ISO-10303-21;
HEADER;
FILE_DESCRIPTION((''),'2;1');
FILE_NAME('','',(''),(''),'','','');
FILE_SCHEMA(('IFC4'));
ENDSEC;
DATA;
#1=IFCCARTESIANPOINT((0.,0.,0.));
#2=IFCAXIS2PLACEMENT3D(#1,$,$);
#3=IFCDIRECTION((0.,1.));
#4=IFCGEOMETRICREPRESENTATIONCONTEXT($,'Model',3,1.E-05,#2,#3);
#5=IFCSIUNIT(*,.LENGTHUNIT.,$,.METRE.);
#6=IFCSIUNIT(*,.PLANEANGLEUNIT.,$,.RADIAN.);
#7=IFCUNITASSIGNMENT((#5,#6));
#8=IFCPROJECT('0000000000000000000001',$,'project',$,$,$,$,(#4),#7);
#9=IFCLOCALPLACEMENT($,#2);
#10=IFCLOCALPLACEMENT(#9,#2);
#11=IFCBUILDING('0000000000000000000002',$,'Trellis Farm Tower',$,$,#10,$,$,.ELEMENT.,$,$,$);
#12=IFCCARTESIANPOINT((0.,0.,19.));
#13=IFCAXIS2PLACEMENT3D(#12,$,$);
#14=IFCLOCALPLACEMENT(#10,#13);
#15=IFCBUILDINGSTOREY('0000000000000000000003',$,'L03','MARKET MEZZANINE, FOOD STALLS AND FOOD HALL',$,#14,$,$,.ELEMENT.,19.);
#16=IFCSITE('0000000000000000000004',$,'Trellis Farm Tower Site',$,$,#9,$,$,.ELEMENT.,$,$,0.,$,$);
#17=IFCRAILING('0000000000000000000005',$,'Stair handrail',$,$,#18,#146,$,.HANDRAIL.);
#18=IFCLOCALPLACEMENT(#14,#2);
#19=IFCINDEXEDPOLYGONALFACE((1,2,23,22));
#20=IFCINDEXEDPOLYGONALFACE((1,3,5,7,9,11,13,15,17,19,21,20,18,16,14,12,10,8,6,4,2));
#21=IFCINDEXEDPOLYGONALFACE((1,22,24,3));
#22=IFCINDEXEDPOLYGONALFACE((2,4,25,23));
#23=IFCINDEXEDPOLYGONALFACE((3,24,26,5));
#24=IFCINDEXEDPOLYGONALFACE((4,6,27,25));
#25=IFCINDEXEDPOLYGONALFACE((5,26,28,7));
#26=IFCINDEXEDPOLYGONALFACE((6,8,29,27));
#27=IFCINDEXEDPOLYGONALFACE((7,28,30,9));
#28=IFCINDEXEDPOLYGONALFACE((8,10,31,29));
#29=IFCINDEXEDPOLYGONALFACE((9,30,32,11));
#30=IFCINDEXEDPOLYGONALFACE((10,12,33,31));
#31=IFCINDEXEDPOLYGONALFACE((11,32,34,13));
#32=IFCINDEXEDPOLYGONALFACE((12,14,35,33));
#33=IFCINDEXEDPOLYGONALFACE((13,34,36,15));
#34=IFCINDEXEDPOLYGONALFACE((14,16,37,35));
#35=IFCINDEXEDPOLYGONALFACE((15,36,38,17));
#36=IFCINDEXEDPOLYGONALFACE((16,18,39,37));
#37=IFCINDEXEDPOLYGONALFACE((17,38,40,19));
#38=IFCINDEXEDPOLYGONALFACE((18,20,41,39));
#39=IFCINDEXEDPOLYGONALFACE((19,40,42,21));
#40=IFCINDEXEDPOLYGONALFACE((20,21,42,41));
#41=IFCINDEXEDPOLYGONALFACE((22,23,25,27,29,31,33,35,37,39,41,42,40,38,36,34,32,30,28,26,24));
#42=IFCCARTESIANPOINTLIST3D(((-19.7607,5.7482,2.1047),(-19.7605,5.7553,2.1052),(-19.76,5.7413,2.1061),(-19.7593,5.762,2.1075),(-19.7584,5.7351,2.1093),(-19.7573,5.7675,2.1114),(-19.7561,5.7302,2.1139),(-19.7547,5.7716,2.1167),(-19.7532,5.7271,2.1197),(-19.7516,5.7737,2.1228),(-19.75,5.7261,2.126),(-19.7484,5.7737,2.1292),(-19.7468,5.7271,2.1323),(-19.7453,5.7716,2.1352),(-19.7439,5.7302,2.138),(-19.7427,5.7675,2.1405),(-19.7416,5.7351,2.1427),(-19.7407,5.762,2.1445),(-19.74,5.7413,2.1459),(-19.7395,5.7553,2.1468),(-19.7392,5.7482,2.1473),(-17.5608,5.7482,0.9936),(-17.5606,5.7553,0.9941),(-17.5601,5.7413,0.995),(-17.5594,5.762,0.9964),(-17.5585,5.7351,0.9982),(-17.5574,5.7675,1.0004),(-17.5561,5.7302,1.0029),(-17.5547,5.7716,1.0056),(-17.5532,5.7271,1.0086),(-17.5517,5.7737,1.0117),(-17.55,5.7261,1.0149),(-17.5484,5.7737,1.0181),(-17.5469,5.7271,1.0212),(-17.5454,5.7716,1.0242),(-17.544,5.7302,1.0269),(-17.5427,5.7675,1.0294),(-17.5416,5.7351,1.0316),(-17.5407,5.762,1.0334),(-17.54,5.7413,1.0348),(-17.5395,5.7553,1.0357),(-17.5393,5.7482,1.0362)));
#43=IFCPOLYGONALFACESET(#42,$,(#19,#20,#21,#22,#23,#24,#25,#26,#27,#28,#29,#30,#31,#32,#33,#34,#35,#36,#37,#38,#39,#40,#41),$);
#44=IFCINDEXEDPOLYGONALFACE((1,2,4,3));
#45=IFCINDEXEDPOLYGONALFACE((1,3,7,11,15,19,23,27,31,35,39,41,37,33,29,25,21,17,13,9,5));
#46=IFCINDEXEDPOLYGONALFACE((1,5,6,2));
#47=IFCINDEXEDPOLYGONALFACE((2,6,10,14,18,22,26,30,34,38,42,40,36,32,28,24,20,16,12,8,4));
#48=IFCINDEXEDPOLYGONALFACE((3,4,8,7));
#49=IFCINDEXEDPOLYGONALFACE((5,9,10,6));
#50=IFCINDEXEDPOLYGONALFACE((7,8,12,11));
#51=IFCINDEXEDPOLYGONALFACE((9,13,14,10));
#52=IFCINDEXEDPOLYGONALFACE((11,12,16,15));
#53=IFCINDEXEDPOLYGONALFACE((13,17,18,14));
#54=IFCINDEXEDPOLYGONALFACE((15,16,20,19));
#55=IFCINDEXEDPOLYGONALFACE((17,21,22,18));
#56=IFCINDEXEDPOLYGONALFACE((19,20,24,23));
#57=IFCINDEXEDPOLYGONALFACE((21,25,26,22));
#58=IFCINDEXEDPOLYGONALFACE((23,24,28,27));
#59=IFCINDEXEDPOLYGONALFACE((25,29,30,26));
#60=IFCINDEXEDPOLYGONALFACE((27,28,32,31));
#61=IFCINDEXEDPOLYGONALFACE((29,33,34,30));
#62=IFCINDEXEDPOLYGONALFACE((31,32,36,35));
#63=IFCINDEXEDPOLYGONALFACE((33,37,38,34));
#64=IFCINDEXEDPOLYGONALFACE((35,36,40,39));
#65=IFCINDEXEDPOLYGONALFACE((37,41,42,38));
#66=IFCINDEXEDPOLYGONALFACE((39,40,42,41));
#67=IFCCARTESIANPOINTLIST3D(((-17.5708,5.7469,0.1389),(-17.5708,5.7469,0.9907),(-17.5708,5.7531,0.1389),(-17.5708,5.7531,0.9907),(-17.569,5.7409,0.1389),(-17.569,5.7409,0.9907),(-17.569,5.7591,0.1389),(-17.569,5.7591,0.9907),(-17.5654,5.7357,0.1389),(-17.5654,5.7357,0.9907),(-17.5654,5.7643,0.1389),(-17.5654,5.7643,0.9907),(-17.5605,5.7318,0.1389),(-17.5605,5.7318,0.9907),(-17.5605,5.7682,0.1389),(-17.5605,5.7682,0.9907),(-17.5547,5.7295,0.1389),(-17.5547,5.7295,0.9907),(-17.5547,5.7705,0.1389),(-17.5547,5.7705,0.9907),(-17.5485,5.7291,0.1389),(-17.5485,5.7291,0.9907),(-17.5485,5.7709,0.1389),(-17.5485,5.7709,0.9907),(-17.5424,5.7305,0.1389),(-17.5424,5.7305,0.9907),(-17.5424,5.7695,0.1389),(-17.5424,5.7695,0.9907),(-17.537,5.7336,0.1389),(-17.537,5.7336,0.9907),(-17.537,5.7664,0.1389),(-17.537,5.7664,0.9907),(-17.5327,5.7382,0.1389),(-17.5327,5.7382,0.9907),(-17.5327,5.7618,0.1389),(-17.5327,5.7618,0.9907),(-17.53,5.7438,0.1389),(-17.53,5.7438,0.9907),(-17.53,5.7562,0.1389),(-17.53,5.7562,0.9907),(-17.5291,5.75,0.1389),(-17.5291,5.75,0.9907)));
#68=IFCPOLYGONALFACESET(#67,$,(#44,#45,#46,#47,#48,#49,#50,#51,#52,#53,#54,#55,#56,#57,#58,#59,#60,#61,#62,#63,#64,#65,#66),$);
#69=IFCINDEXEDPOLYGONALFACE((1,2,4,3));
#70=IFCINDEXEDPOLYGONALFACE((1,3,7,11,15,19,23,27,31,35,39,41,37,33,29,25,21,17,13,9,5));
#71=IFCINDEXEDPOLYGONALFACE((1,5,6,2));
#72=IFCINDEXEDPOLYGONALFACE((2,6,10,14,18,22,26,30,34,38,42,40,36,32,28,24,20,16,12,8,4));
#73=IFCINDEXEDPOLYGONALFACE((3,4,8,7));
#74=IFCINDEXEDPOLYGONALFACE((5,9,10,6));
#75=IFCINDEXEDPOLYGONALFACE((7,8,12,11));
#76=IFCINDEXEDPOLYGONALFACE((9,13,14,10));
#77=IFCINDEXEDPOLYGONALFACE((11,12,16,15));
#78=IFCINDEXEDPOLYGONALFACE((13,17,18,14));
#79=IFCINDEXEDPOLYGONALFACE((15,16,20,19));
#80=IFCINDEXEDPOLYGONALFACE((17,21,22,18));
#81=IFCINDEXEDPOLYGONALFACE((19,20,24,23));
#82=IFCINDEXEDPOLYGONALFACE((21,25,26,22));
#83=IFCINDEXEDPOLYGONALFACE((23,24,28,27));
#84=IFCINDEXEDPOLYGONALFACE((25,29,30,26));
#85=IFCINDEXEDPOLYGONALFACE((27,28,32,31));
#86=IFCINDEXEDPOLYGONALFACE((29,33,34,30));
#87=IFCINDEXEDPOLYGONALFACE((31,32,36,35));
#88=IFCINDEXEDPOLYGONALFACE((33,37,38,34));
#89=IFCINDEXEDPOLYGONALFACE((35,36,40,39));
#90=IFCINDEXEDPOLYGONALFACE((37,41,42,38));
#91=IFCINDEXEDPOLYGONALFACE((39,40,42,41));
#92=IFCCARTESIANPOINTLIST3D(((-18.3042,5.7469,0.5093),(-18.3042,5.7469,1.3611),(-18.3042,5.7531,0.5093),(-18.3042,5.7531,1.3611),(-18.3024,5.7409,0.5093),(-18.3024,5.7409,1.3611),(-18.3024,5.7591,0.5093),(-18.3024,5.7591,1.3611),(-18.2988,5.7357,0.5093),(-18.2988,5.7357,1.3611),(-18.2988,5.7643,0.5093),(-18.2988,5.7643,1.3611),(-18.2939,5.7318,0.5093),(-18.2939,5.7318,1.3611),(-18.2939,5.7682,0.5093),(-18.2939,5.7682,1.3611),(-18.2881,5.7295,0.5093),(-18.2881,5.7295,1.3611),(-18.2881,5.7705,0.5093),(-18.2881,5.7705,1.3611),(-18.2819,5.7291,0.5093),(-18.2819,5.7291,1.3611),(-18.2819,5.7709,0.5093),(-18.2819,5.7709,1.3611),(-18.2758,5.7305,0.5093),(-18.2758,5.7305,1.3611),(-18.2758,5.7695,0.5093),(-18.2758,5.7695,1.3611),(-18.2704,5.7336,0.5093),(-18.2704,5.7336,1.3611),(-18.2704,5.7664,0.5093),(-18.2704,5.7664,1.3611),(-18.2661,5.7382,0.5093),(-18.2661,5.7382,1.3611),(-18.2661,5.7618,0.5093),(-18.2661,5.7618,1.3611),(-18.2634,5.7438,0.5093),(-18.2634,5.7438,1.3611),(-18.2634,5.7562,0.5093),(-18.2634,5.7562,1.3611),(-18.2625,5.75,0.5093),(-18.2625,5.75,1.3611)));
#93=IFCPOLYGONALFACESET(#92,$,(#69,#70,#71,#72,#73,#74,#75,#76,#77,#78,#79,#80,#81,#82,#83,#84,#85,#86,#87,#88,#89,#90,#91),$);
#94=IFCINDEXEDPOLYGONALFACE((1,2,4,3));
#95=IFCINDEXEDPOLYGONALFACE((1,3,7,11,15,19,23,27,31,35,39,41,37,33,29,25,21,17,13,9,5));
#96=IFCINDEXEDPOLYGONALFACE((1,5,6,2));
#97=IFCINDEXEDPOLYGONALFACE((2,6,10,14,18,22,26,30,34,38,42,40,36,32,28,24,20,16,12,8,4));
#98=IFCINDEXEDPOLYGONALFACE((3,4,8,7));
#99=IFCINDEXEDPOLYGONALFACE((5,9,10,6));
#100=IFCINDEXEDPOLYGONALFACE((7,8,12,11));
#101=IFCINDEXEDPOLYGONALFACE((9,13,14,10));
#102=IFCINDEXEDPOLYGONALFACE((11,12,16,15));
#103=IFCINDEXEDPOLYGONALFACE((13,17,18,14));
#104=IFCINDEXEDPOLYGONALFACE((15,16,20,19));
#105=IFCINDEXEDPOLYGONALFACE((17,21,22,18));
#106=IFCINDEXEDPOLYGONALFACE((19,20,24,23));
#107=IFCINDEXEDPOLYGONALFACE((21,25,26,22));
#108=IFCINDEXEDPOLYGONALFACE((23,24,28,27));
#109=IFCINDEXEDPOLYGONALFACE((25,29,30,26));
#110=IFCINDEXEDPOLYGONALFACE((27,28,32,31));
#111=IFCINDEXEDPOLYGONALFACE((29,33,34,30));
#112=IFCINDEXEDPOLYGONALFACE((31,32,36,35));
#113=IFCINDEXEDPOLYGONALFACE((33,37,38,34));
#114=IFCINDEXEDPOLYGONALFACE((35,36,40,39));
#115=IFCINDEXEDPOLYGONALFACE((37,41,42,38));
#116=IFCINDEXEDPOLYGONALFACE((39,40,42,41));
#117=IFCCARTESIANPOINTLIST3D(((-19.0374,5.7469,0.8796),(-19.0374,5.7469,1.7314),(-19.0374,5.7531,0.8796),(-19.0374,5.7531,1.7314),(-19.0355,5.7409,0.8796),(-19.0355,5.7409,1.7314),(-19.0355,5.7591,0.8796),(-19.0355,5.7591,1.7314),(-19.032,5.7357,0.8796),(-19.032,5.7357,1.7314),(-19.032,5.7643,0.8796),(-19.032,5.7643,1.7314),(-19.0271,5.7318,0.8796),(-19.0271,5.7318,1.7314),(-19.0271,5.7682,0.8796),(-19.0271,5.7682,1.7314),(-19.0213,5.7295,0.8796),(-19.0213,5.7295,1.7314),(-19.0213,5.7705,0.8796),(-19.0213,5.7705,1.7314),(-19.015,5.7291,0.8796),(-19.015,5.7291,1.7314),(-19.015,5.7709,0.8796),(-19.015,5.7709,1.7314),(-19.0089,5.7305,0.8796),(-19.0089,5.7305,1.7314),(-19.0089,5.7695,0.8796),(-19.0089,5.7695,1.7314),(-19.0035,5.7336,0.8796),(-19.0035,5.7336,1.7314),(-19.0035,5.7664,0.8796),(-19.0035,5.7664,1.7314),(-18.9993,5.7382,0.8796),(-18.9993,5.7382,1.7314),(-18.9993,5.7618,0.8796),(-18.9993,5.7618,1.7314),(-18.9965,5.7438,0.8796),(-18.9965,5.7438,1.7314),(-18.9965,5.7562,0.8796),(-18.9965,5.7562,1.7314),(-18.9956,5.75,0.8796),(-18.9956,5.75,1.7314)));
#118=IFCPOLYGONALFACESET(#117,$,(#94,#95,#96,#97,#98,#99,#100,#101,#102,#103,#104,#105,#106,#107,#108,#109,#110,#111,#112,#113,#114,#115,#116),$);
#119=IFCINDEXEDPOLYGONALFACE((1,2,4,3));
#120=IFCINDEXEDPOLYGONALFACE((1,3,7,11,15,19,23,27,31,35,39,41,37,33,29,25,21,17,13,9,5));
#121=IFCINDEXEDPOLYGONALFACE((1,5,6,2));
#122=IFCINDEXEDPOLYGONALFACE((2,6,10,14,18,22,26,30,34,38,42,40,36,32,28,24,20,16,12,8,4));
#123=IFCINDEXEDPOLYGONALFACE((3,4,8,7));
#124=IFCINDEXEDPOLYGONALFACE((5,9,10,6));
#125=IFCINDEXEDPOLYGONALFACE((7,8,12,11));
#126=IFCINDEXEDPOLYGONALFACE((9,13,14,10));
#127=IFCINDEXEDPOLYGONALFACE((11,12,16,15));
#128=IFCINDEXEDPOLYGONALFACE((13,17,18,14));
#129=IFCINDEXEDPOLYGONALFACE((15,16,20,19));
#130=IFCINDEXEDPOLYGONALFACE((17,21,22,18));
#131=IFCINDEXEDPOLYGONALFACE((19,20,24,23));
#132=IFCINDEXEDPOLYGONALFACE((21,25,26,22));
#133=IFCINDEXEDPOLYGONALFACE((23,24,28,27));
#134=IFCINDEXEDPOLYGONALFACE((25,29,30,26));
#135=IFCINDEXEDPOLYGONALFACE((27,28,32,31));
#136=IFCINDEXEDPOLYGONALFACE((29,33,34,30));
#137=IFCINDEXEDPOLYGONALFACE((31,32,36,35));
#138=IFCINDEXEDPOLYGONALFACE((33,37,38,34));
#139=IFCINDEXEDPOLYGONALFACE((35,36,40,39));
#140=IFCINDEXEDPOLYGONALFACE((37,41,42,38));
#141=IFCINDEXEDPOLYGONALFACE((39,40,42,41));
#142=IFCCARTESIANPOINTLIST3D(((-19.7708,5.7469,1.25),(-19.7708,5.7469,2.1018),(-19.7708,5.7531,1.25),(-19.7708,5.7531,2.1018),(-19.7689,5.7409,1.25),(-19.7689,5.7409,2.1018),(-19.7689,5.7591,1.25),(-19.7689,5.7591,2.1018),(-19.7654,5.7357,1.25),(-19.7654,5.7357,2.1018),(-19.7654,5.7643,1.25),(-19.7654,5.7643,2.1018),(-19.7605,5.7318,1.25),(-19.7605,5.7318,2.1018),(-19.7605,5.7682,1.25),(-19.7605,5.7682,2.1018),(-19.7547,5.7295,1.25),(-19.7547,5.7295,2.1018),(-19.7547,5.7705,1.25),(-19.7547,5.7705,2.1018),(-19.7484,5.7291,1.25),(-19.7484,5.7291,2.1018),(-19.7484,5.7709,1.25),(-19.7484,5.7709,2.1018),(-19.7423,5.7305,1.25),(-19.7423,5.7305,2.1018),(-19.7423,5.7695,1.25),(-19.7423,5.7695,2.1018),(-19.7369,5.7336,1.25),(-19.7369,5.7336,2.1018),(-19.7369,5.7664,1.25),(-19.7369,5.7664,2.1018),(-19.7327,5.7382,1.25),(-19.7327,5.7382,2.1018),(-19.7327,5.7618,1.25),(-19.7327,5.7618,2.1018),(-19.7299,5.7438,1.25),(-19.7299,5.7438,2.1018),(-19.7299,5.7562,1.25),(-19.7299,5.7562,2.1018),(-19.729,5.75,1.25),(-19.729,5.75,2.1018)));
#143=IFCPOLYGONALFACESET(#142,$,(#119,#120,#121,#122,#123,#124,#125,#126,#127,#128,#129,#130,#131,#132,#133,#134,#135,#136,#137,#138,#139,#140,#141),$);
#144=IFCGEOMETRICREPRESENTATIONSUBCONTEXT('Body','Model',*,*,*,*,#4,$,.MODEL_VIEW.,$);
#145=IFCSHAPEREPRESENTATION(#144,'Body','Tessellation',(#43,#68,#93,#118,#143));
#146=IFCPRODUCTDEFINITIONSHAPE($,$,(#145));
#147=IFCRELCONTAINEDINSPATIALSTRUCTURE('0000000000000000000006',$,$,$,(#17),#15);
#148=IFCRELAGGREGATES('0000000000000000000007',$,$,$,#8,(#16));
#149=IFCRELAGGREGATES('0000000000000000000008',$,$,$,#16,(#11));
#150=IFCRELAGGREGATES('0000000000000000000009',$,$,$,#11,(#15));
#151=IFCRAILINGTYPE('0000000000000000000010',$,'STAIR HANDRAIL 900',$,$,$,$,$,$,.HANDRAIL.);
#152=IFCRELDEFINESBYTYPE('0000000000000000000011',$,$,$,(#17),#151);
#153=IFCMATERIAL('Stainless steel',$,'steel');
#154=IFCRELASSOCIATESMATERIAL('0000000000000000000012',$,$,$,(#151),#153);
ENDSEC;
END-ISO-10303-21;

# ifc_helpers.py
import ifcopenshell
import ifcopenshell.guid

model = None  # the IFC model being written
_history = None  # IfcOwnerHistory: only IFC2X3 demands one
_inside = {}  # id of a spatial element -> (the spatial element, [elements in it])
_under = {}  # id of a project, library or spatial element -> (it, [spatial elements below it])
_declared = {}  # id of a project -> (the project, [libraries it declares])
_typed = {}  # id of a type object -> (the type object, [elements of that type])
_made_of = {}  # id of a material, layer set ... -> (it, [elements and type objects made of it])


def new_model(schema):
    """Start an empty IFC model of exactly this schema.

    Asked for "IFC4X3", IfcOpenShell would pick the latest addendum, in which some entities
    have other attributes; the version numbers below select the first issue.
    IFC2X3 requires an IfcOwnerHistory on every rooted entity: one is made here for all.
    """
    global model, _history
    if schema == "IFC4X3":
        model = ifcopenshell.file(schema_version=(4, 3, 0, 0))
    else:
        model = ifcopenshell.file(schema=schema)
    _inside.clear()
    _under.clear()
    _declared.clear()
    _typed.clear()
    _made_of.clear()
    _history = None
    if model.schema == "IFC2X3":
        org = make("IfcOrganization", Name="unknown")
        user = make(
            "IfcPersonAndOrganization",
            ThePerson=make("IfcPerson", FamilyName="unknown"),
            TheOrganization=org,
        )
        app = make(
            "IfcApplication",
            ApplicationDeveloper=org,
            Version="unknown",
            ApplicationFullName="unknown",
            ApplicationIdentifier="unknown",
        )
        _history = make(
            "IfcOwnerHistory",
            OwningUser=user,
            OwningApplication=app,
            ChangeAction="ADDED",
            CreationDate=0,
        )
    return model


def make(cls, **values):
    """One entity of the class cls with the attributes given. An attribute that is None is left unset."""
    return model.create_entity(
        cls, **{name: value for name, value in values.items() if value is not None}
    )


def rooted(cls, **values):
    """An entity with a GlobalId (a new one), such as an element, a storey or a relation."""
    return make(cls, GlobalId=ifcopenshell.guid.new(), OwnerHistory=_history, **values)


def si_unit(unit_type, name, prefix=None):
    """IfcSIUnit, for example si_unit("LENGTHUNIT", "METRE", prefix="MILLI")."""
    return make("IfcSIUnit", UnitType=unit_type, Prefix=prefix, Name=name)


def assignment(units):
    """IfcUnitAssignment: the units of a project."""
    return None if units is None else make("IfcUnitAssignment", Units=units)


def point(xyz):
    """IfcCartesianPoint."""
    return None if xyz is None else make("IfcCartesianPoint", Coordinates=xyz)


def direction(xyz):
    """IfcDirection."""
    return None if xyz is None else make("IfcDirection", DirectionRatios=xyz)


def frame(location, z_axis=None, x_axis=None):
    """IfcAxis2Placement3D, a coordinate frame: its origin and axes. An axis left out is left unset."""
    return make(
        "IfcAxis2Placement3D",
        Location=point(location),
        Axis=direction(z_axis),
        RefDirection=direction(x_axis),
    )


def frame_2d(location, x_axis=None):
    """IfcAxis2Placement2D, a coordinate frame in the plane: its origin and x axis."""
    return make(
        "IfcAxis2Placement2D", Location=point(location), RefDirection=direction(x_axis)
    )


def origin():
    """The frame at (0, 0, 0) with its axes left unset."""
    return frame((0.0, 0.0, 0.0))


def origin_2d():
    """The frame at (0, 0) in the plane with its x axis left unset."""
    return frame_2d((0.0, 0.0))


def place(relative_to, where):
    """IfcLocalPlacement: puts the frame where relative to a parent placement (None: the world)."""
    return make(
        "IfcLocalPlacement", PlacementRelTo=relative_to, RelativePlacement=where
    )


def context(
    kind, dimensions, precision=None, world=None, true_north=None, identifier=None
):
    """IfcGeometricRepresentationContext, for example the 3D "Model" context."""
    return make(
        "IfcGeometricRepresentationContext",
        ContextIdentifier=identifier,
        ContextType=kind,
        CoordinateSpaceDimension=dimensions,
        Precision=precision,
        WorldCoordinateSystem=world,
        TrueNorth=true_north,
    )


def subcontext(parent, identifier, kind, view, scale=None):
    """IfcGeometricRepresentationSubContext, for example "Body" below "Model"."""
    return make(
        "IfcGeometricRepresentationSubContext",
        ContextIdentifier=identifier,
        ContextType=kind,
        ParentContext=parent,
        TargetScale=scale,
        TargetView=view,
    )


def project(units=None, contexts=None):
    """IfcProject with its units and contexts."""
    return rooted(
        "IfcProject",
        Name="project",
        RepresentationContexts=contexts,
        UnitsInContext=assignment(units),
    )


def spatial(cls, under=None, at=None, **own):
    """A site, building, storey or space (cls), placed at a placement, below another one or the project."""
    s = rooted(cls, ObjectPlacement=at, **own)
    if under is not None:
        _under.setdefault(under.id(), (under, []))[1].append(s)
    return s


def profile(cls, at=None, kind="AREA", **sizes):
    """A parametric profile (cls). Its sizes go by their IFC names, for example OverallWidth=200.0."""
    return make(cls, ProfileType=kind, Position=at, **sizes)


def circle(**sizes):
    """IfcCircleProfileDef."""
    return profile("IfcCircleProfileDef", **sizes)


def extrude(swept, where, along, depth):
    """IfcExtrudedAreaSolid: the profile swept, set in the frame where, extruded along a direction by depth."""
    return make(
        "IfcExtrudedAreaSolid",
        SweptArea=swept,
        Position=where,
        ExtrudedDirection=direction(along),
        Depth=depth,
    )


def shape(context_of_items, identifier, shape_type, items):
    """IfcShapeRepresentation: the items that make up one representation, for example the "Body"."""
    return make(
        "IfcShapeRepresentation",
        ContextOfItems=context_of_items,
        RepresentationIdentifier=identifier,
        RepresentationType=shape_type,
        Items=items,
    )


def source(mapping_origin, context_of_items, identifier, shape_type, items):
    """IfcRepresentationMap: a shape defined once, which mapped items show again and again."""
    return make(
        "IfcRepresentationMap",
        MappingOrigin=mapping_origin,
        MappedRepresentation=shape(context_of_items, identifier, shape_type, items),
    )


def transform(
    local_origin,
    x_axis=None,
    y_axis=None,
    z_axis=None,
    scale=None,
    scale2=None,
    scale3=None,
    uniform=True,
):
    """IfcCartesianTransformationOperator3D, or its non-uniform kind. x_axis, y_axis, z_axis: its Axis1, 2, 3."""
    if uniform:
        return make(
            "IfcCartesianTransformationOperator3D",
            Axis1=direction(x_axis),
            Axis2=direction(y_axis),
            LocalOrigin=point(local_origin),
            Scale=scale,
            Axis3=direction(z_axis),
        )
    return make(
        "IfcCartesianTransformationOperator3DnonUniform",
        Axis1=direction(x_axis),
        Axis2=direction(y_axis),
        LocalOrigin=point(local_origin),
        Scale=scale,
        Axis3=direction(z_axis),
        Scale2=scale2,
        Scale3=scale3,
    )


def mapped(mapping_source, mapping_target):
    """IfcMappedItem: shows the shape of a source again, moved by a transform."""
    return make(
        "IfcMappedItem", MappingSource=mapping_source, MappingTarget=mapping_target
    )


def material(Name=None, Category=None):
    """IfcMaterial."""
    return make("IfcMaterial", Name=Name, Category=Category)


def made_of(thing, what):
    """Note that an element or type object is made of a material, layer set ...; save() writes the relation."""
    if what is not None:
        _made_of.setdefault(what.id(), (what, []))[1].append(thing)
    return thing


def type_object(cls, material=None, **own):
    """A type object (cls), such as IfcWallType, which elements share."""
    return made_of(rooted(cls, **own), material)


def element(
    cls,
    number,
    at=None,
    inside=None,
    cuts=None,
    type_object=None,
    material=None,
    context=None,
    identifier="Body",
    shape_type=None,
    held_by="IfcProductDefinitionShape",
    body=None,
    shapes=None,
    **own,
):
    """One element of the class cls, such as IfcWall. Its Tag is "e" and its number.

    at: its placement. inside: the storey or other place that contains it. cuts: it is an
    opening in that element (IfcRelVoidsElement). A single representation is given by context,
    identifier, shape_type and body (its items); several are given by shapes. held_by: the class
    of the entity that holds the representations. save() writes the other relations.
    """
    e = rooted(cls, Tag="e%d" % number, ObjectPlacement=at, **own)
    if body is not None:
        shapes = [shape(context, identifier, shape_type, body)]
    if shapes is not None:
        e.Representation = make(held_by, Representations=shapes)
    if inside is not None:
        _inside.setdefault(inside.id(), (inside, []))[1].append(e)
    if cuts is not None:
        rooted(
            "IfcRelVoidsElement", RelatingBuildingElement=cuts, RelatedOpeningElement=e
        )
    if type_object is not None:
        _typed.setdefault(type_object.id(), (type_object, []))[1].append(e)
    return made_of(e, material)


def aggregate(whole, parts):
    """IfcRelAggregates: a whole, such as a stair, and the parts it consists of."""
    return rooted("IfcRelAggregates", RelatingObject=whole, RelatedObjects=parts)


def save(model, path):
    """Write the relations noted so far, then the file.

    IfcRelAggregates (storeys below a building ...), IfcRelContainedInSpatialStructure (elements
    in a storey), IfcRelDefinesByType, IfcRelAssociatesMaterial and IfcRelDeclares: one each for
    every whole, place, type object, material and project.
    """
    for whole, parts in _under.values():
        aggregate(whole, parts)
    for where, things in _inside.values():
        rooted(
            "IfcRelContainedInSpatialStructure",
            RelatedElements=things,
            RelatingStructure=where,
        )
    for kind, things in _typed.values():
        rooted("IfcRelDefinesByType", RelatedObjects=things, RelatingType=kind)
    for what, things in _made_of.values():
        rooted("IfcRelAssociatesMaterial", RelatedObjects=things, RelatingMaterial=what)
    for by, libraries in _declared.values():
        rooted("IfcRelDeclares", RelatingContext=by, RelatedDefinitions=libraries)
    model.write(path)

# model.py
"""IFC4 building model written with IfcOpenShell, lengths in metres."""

from ifc_helpers import new_model, si_unit, direction, frame, origin, origin_2d, place, context, subcontext, project, spatial, circle, extrude, source, transform, mapped, material, type_object, element, save


model = new_model("IFC4")

# Units and contexts
model_context = context("Model", 3, precision=1e-05, world=origin(), true_north=direction((0.0, 1.0)))
body_context = subcontext(model_context, "Body", "Model", "MODEL_VIEW")
ifc_project = project(units=[si_unit("LENGTHUNIT", "METRE"), si_unit("PLANEANGLEUNIT", "RADIAN")], contexts=[model_context])

# Site, building, storey
site_placement = place(None, origin())
site = spatial("IfcSite", under=ifc_project, at=site_placement, Name="Trellis Farm Tower Site", CompositionType="ELEMENT", RefElevation=0.0)
building_placement = place(site_placement, origin())
building = spatial("IfcBuilding", under=site, at=building_placement, Name="Trellis Farm Tower", CompositionType="ELEMENT")
storey_placement = place(building_placement, frame((0.0, 0.0, 19.0)))
storey = spatial("IfcBuildingStorey", under=building, at=storey_placement, Name="L03", Description="MARKET MEZZANINE, FOOD STALLS AND FOOD HALL", CompositionType="ELEMENT", Elevation=19.0)

# Railing
ifc_material_1 = material(Name="Stainless steel", Category="steel")
railing_type = type_object("IfcRailingType", Name="STAIR HANDRAIL 900", PredefinedType="HANDRAIL", material=ifc_material_1)
shared_shape_1 = source(origin(), body_context, "Body", "SweptSolid", [
    extrude(circle(Radius=0.0239, at=origin_2d()), frame((0.0, 0.0, 0.876), z_axis=(-0.892617, 0.0, 0.450816), x_axis=(0.0, -1.0, 0.0)), (0.0, 0.0, 1.0), 2.4646),
    extrude(circle(Radius=0.021, at=origin_2d()), origin(), (0.0, 0.0, 1.0), 0.8518),
    extrude(circle(Radius=0.021, at=origin_2d()), frame((-0.7334, 0.0, 0.3704)), (0.0, 0.0, 1.0), 0.8518),
    extrude(circle(Radius=0.021, at=origin_2d()), frame((-1.4666, 0.0, 0.7407)), (0.0, 0.0, 1.0), 0.8518),
    extrude(circle(Radius=0.021, at=origin_2d()), frame((-2.2, 0.0, 1.1111)), (0.0, 0.0, 1.0), 0.8518),
])
for number, where, name in (
    (1, (-17.55, 5.75, 0.1389), "Stair handrail"),
):
    element("IfcRailing", number, at=place(storey_placement, frame(where)), inside=storey, type_object=railing_type, Name=name, PredefinedType="HANDRAIL", context=body_context, shape_type="MappedRepresentation", body=[
        mapped(shared_shape_1, transform((0.0, 0.0, 0.0))),
    ])

save(model, "model.ifc")
